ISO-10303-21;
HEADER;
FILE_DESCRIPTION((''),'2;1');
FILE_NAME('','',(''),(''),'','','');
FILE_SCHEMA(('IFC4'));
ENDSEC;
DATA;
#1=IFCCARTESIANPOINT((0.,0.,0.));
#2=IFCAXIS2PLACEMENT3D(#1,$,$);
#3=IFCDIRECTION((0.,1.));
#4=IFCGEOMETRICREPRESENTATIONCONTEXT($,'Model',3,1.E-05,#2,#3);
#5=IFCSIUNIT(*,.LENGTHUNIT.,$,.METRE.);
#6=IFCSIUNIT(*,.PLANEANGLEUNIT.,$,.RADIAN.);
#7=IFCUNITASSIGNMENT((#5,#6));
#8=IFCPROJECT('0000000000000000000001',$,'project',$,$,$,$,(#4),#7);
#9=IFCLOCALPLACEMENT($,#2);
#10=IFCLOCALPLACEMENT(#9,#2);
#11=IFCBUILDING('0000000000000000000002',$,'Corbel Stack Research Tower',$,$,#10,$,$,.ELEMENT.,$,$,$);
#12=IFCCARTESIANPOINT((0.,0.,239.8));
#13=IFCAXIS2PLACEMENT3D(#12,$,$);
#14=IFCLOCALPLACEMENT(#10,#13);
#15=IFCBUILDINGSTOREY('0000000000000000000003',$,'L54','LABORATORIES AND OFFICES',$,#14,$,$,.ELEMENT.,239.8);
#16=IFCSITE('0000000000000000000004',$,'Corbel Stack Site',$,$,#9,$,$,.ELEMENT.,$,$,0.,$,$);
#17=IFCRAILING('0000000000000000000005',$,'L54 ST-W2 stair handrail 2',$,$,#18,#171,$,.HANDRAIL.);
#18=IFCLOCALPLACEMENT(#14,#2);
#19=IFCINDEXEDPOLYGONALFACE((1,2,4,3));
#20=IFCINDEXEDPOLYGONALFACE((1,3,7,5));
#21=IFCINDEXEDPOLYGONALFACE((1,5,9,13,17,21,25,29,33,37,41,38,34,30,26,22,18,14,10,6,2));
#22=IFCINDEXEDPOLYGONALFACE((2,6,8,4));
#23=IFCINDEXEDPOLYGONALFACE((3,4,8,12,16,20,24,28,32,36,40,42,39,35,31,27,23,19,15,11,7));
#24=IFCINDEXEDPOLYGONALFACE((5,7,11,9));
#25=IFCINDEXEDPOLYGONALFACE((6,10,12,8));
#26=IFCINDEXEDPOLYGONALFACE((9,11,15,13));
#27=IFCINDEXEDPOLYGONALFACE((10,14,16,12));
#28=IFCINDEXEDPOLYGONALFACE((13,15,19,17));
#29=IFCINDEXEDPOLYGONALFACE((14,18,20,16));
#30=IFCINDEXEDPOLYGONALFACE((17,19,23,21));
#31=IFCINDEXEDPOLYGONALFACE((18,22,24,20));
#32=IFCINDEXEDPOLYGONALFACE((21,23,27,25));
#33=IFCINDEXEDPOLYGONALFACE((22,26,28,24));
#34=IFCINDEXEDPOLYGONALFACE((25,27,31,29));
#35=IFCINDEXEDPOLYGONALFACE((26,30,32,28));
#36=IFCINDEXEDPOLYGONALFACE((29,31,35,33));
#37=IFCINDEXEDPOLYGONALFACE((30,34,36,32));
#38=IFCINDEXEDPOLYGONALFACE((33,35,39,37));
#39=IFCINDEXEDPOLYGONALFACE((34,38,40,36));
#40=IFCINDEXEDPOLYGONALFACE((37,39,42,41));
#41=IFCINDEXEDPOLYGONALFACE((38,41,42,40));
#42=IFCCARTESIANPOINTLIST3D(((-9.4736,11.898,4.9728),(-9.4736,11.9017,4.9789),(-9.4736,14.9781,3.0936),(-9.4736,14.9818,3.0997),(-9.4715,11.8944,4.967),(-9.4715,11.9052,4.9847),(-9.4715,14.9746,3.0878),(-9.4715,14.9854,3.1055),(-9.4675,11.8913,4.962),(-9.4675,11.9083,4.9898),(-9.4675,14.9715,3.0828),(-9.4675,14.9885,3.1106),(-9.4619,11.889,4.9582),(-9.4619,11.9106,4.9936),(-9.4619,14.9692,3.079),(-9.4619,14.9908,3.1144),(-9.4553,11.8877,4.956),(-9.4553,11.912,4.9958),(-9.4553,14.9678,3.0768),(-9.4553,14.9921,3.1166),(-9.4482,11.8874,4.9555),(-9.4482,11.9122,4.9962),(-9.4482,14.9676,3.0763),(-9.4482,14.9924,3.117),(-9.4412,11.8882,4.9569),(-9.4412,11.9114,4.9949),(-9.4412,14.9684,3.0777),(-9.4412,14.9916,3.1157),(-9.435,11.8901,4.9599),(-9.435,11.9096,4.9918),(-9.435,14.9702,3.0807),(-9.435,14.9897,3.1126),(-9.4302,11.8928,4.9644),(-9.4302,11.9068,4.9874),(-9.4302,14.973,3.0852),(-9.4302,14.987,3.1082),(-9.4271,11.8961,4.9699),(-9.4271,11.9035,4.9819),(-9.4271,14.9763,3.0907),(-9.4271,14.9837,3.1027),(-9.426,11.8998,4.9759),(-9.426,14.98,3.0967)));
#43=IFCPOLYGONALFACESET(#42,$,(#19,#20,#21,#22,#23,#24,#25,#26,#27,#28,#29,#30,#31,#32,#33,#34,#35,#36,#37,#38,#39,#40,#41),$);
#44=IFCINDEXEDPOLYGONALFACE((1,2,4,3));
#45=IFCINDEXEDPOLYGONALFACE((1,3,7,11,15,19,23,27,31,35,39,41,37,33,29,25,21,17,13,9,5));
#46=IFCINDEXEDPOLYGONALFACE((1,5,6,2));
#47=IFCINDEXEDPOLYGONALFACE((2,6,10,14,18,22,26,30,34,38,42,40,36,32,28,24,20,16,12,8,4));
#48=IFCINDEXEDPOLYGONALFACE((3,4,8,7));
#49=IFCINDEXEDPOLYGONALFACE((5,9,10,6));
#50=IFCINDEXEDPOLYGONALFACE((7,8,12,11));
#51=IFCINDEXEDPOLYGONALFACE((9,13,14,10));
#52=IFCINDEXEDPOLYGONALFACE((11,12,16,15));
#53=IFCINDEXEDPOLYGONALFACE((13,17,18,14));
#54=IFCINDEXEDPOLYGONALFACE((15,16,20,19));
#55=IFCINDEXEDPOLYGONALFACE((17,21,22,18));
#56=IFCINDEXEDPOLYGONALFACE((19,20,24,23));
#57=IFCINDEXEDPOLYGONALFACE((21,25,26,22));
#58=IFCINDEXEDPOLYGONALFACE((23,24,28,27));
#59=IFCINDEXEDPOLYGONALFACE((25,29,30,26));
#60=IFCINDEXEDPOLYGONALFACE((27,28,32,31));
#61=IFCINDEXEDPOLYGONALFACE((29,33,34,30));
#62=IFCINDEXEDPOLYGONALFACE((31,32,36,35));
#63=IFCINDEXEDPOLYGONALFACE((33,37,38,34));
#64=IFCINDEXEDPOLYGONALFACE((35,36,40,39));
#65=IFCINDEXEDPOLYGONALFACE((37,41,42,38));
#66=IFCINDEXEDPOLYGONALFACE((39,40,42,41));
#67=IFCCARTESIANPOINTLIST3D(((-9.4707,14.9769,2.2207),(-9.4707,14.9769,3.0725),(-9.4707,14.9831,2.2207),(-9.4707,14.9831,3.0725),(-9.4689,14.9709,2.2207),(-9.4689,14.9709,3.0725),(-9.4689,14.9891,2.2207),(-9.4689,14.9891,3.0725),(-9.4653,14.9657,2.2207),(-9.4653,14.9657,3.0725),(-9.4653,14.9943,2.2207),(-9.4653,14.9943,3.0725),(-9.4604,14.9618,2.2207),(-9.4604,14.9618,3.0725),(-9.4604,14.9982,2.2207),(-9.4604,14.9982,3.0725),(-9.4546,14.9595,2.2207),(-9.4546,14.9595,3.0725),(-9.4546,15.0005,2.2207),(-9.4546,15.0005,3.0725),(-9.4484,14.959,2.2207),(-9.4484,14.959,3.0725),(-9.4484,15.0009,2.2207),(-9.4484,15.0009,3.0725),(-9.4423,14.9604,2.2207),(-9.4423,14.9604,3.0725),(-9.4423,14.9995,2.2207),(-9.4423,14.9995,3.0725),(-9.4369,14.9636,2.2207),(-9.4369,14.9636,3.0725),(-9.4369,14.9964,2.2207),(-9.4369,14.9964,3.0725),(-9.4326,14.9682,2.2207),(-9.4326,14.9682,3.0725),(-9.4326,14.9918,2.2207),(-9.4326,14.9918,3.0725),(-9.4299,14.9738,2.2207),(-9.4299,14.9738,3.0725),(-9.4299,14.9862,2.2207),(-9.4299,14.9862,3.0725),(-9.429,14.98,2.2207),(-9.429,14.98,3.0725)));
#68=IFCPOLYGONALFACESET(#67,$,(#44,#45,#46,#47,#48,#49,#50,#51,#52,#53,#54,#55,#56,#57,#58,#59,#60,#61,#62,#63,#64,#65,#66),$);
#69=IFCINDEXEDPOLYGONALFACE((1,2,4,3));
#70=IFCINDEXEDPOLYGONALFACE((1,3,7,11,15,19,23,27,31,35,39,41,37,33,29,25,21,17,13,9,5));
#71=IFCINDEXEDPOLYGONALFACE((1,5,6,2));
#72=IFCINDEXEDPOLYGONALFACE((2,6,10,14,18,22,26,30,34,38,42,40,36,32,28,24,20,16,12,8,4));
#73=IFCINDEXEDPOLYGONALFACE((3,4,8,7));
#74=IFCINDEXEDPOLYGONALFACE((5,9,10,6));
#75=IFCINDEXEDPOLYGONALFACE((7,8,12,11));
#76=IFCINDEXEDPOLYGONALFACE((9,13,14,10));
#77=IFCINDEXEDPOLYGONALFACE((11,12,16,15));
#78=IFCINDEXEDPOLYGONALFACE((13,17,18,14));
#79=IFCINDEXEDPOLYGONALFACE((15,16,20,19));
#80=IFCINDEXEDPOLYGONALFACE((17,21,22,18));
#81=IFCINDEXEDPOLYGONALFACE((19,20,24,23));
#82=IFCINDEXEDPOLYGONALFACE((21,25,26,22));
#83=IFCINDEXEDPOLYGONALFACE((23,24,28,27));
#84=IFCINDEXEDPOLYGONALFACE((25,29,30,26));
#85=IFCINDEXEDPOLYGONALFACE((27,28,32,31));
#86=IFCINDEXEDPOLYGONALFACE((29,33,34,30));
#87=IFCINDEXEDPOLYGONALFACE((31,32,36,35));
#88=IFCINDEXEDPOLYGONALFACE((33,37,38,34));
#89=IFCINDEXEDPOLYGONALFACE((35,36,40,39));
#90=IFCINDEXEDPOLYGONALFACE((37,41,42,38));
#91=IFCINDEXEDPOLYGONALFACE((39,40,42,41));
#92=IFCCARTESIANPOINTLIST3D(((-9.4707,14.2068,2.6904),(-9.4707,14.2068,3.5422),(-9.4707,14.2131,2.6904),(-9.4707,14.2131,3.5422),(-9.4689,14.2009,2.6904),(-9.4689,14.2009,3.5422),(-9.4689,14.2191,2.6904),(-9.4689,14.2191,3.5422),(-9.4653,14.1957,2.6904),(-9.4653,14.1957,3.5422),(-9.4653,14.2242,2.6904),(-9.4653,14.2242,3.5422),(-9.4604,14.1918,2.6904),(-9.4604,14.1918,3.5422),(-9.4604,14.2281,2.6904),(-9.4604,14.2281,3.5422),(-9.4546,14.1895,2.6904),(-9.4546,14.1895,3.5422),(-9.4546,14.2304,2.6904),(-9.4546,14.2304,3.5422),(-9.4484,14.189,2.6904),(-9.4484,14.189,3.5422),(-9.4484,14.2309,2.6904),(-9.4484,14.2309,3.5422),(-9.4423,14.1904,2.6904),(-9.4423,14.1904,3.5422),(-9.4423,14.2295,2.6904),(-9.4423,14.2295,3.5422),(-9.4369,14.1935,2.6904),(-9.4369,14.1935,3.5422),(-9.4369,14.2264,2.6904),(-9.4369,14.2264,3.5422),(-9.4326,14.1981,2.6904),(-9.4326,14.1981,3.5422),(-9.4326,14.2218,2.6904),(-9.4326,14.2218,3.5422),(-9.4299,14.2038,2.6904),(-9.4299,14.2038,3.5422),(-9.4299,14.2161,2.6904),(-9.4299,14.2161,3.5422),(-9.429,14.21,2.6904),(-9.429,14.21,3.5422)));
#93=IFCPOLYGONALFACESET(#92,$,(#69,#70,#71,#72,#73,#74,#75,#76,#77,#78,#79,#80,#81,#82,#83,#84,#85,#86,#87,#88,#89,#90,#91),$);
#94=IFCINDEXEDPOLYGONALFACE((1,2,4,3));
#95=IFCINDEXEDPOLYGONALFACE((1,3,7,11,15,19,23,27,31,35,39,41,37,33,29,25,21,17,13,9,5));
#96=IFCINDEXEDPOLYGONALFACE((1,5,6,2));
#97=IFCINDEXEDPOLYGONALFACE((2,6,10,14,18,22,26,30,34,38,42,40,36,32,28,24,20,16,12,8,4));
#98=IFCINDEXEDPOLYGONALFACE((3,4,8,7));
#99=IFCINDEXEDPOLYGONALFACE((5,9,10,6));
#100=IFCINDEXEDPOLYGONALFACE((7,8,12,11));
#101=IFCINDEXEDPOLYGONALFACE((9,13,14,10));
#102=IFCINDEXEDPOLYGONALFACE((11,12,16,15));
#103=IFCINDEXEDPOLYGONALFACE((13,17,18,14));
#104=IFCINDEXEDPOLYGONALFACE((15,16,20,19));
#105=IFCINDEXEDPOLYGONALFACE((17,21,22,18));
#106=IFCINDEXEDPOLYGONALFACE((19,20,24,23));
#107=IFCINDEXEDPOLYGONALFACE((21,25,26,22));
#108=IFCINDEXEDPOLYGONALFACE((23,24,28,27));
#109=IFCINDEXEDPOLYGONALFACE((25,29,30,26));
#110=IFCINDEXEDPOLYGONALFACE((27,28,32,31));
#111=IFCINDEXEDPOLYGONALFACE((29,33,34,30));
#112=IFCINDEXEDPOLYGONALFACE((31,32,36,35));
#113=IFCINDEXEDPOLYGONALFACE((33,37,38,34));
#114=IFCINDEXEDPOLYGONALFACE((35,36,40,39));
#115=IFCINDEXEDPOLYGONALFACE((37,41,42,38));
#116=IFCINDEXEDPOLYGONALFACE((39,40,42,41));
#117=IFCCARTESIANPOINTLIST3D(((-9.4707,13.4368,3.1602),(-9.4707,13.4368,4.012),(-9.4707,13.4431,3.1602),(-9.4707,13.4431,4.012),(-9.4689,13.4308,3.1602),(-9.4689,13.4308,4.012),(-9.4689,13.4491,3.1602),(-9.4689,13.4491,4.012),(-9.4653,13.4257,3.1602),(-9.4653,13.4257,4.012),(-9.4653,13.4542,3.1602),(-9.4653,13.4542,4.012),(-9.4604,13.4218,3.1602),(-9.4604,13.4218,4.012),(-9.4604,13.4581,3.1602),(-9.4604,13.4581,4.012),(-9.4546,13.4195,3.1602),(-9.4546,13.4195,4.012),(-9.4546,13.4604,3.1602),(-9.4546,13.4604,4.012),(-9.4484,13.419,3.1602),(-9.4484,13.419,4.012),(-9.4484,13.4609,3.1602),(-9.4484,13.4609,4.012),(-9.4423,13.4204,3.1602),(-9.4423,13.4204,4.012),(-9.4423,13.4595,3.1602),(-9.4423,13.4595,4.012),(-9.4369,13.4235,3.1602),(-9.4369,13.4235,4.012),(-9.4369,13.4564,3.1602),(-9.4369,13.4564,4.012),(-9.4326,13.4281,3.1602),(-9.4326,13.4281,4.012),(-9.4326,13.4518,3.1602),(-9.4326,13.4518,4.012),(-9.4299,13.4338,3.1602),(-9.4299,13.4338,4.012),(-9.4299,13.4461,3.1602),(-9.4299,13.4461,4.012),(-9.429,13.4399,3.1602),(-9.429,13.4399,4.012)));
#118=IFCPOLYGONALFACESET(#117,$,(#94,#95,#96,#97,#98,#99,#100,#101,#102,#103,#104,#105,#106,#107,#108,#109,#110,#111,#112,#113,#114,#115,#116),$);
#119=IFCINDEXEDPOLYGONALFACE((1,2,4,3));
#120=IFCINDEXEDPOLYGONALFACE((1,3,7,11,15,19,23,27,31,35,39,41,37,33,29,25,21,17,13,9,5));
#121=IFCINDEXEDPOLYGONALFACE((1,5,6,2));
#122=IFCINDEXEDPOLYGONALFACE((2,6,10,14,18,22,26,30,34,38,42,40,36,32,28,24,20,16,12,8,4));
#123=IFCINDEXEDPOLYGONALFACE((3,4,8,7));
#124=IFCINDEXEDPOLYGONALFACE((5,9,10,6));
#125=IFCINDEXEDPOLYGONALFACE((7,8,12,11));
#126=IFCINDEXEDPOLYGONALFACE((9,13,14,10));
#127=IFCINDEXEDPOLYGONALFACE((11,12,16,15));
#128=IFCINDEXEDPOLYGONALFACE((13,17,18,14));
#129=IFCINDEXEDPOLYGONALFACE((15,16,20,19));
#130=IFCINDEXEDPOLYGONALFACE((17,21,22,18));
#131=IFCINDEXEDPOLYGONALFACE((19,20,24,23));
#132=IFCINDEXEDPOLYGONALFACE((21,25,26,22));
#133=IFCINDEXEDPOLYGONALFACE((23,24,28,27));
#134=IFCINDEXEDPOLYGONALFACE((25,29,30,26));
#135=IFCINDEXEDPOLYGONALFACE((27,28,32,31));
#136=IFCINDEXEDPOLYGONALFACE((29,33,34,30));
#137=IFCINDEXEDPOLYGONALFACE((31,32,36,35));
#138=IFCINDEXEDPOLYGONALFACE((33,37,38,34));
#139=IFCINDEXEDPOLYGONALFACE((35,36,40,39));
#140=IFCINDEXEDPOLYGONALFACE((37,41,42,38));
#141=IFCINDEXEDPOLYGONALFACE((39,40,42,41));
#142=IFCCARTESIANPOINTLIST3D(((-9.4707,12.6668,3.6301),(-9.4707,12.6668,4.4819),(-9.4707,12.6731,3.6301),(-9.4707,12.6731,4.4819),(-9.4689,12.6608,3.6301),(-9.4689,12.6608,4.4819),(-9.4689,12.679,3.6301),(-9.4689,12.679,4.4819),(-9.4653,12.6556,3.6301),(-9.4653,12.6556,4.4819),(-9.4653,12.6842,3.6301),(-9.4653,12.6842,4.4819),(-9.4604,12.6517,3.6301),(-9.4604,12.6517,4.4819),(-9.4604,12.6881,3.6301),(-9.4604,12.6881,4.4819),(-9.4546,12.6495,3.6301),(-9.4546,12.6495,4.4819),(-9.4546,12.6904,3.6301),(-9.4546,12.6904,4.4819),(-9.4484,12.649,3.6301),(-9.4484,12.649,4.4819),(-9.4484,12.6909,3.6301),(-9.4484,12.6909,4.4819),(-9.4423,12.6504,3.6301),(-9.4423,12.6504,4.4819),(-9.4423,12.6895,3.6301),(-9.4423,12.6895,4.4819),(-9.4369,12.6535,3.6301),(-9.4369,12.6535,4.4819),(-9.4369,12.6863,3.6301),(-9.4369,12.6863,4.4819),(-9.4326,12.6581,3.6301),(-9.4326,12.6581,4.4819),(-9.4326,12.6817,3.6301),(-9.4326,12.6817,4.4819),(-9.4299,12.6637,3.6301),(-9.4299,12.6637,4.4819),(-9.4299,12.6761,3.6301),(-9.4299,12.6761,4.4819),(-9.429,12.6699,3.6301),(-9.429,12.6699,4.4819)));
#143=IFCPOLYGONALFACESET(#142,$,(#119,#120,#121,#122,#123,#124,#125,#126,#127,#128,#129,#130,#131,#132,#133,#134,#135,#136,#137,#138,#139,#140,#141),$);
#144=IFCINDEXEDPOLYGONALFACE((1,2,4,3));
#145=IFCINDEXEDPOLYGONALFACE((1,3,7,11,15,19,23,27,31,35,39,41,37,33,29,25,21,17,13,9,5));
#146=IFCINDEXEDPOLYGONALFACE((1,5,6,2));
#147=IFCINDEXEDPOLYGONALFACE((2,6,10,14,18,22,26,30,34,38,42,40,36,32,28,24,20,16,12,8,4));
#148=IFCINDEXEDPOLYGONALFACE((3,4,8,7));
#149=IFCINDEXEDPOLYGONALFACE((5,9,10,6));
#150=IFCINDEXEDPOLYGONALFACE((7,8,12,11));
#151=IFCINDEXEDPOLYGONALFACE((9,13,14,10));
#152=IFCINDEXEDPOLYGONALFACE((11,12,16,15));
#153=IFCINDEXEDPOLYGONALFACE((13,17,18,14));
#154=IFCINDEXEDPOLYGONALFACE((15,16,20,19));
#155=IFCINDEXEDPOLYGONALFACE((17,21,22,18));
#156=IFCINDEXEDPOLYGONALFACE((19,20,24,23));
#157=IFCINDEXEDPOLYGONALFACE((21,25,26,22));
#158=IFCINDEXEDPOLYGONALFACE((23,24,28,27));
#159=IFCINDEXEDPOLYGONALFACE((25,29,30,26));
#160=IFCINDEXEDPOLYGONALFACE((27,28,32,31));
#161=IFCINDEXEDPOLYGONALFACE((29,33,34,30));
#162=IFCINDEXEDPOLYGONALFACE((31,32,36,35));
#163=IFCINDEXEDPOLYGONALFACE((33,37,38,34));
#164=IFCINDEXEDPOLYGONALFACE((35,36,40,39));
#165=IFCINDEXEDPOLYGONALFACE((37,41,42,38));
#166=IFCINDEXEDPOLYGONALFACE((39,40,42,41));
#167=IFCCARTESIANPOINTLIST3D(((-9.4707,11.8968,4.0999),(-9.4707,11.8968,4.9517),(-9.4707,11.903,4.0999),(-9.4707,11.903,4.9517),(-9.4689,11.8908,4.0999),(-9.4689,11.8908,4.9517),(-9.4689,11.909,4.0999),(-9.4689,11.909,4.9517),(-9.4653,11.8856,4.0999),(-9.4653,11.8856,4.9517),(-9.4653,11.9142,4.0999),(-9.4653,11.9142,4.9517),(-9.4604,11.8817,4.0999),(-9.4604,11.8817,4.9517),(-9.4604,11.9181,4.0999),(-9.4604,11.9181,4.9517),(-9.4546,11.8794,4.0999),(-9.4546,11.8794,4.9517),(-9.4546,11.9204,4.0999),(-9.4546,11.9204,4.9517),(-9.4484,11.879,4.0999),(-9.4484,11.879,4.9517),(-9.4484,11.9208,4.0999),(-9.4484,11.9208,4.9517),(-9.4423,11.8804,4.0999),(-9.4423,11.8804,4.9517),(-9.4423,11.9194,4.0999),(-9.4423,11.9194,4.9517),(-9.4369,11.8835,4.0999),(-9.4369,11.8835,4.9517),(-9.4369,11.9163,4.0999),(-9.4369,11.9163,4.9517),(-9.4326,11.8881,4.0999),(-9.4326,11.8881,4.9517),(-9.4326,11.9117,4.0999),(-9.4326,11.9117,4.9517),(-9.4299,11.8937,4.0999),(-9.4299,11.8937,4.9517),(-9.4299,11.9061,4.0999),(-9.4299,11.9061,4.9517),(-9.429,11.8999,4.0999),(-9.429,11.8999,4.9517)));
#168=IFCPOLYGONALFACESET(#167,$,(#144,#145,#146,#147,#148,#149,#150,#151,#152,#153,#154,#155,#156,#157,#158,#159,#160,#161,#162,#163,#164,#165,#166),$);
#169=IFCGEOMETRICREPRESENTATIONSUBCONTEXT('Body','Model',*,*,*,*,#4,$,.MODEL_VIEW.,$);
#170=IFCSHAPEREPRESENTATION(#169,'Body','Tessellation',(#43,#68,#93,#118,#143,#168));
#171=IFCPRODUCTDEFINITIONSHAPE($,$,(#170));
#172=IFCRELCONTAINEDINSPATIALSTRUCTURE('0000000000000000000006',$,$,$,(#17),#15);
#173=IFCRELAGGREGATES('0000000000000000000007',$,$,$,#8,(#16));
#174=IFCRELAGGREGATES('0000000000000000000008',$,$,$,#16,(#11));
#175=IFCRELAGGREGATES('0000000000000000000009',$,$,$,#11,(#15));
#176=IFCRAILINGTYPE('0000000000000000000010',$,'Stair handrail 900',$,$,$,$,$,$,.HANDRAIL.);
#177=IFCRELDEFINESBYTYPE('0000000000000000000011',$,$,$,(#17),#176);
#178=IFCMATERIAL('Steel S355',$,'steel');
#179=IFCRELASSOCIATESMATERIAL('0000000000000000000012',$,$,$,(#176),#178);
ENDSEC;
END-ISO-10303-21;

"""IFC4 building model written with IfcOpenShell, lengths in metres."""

from ifc_helpers import new_model, si_unit, direction, frame, origin, origin_2d, place, context, subcontext, project, spatial, circle, extrude, material, type_object, element, save


model = new_model("IFC4")

# Units and contexts
model_context = context("Model", 3, precision=1e-05, world=origin(), true_north=direction((0.0, 1.0)))
body_context = subcontext(model_context, "Body", "Model", "MODEL_VIEW")
ifc_project = project(units=[si_unit("LENGTHUNIT", "METRE"), si_unit("PLANEANGLEUNIT", "RADIAN")], contexts=[model_context])

# Site, building, storey
site_placement = place(None, origin())
site = spatial("IfcSite", under=ifc_project, at=site_placement, Name="Corbel Stack Site", CompositionType="ELEMENT", RefElevation=0.0)
building_placement = place(site_placement, origin())
building = spatial("IfcBuilding", under=site, at=building_placement, Name="Corbel Stack Research Tower", CompositionType="ELEMENT")
storey_placement = place(building_placement, frame((0.0, 0.0, 239.8)))
storey = spatial("IfcBuildingStorey", under=building, at=storey_placement, Name="L54", Description="LABORATORIES AND OFFICES", CompositionType="ELEMENT", Elevation=239.8)

# Railing
ifc_material_1 = material(Name="Steel S355", Category="steel")
railing_type_1 = type_object("IfcRailingType", Name="Stair handrail 900", PredefinedType="HANDRAIL", material=ifc_material_1)
railing_1_placement = place(storey_placement, frame((-9.45, 14.98, 2.2207)))
element("IfcRailing", 1, at=railing_1_placement, inside=storey, type_object=railing_type_1, Name="L54 ST-W2 stair handrail 2", PredefinedType="HANDRAIL", context=body_context, shape_type="SweptSolid", body=[
    extrude(circle(Radius=0.0239, at=origin_2d()), frame((0.0, 0.0, 0.876), z_axis=(0.0, -0.853666, 0.52082), x_axis=(1.0, 0.0, 0.0)), (0.0, 0.0, 1.0), 3.6082),
    extrude(circle(Radius=0.021, at=origin_2d()), origin(), (0.0, 0.0, 1.0), 0.8518),
    extrude(circle(Radius=0.021, at=origin_2d()), frame((0.0, -0.77, 0.4697)), (0.0, 0.0, 1.0), 0.8518),
    extrude(circle(Radius=0.021, at=origin_2d()), frame((0.0, -1.54, 0.9395)), (0.0, 0.0, 1.0), 0.8518),
    extrude(circle(Radius=0.021, at=origin_2d()), frame((0.0, -2.3101, 1.4094)), (0.0, 0.0, 1.0), 0.8518),
    extrude(circle(Radius=0.021, at=origin_2d()), frame((0.0, -3.0801, 1.8792)), (0.0, 0.0, 1.0), 0.8518),
])

save(model, "model.ifc")
